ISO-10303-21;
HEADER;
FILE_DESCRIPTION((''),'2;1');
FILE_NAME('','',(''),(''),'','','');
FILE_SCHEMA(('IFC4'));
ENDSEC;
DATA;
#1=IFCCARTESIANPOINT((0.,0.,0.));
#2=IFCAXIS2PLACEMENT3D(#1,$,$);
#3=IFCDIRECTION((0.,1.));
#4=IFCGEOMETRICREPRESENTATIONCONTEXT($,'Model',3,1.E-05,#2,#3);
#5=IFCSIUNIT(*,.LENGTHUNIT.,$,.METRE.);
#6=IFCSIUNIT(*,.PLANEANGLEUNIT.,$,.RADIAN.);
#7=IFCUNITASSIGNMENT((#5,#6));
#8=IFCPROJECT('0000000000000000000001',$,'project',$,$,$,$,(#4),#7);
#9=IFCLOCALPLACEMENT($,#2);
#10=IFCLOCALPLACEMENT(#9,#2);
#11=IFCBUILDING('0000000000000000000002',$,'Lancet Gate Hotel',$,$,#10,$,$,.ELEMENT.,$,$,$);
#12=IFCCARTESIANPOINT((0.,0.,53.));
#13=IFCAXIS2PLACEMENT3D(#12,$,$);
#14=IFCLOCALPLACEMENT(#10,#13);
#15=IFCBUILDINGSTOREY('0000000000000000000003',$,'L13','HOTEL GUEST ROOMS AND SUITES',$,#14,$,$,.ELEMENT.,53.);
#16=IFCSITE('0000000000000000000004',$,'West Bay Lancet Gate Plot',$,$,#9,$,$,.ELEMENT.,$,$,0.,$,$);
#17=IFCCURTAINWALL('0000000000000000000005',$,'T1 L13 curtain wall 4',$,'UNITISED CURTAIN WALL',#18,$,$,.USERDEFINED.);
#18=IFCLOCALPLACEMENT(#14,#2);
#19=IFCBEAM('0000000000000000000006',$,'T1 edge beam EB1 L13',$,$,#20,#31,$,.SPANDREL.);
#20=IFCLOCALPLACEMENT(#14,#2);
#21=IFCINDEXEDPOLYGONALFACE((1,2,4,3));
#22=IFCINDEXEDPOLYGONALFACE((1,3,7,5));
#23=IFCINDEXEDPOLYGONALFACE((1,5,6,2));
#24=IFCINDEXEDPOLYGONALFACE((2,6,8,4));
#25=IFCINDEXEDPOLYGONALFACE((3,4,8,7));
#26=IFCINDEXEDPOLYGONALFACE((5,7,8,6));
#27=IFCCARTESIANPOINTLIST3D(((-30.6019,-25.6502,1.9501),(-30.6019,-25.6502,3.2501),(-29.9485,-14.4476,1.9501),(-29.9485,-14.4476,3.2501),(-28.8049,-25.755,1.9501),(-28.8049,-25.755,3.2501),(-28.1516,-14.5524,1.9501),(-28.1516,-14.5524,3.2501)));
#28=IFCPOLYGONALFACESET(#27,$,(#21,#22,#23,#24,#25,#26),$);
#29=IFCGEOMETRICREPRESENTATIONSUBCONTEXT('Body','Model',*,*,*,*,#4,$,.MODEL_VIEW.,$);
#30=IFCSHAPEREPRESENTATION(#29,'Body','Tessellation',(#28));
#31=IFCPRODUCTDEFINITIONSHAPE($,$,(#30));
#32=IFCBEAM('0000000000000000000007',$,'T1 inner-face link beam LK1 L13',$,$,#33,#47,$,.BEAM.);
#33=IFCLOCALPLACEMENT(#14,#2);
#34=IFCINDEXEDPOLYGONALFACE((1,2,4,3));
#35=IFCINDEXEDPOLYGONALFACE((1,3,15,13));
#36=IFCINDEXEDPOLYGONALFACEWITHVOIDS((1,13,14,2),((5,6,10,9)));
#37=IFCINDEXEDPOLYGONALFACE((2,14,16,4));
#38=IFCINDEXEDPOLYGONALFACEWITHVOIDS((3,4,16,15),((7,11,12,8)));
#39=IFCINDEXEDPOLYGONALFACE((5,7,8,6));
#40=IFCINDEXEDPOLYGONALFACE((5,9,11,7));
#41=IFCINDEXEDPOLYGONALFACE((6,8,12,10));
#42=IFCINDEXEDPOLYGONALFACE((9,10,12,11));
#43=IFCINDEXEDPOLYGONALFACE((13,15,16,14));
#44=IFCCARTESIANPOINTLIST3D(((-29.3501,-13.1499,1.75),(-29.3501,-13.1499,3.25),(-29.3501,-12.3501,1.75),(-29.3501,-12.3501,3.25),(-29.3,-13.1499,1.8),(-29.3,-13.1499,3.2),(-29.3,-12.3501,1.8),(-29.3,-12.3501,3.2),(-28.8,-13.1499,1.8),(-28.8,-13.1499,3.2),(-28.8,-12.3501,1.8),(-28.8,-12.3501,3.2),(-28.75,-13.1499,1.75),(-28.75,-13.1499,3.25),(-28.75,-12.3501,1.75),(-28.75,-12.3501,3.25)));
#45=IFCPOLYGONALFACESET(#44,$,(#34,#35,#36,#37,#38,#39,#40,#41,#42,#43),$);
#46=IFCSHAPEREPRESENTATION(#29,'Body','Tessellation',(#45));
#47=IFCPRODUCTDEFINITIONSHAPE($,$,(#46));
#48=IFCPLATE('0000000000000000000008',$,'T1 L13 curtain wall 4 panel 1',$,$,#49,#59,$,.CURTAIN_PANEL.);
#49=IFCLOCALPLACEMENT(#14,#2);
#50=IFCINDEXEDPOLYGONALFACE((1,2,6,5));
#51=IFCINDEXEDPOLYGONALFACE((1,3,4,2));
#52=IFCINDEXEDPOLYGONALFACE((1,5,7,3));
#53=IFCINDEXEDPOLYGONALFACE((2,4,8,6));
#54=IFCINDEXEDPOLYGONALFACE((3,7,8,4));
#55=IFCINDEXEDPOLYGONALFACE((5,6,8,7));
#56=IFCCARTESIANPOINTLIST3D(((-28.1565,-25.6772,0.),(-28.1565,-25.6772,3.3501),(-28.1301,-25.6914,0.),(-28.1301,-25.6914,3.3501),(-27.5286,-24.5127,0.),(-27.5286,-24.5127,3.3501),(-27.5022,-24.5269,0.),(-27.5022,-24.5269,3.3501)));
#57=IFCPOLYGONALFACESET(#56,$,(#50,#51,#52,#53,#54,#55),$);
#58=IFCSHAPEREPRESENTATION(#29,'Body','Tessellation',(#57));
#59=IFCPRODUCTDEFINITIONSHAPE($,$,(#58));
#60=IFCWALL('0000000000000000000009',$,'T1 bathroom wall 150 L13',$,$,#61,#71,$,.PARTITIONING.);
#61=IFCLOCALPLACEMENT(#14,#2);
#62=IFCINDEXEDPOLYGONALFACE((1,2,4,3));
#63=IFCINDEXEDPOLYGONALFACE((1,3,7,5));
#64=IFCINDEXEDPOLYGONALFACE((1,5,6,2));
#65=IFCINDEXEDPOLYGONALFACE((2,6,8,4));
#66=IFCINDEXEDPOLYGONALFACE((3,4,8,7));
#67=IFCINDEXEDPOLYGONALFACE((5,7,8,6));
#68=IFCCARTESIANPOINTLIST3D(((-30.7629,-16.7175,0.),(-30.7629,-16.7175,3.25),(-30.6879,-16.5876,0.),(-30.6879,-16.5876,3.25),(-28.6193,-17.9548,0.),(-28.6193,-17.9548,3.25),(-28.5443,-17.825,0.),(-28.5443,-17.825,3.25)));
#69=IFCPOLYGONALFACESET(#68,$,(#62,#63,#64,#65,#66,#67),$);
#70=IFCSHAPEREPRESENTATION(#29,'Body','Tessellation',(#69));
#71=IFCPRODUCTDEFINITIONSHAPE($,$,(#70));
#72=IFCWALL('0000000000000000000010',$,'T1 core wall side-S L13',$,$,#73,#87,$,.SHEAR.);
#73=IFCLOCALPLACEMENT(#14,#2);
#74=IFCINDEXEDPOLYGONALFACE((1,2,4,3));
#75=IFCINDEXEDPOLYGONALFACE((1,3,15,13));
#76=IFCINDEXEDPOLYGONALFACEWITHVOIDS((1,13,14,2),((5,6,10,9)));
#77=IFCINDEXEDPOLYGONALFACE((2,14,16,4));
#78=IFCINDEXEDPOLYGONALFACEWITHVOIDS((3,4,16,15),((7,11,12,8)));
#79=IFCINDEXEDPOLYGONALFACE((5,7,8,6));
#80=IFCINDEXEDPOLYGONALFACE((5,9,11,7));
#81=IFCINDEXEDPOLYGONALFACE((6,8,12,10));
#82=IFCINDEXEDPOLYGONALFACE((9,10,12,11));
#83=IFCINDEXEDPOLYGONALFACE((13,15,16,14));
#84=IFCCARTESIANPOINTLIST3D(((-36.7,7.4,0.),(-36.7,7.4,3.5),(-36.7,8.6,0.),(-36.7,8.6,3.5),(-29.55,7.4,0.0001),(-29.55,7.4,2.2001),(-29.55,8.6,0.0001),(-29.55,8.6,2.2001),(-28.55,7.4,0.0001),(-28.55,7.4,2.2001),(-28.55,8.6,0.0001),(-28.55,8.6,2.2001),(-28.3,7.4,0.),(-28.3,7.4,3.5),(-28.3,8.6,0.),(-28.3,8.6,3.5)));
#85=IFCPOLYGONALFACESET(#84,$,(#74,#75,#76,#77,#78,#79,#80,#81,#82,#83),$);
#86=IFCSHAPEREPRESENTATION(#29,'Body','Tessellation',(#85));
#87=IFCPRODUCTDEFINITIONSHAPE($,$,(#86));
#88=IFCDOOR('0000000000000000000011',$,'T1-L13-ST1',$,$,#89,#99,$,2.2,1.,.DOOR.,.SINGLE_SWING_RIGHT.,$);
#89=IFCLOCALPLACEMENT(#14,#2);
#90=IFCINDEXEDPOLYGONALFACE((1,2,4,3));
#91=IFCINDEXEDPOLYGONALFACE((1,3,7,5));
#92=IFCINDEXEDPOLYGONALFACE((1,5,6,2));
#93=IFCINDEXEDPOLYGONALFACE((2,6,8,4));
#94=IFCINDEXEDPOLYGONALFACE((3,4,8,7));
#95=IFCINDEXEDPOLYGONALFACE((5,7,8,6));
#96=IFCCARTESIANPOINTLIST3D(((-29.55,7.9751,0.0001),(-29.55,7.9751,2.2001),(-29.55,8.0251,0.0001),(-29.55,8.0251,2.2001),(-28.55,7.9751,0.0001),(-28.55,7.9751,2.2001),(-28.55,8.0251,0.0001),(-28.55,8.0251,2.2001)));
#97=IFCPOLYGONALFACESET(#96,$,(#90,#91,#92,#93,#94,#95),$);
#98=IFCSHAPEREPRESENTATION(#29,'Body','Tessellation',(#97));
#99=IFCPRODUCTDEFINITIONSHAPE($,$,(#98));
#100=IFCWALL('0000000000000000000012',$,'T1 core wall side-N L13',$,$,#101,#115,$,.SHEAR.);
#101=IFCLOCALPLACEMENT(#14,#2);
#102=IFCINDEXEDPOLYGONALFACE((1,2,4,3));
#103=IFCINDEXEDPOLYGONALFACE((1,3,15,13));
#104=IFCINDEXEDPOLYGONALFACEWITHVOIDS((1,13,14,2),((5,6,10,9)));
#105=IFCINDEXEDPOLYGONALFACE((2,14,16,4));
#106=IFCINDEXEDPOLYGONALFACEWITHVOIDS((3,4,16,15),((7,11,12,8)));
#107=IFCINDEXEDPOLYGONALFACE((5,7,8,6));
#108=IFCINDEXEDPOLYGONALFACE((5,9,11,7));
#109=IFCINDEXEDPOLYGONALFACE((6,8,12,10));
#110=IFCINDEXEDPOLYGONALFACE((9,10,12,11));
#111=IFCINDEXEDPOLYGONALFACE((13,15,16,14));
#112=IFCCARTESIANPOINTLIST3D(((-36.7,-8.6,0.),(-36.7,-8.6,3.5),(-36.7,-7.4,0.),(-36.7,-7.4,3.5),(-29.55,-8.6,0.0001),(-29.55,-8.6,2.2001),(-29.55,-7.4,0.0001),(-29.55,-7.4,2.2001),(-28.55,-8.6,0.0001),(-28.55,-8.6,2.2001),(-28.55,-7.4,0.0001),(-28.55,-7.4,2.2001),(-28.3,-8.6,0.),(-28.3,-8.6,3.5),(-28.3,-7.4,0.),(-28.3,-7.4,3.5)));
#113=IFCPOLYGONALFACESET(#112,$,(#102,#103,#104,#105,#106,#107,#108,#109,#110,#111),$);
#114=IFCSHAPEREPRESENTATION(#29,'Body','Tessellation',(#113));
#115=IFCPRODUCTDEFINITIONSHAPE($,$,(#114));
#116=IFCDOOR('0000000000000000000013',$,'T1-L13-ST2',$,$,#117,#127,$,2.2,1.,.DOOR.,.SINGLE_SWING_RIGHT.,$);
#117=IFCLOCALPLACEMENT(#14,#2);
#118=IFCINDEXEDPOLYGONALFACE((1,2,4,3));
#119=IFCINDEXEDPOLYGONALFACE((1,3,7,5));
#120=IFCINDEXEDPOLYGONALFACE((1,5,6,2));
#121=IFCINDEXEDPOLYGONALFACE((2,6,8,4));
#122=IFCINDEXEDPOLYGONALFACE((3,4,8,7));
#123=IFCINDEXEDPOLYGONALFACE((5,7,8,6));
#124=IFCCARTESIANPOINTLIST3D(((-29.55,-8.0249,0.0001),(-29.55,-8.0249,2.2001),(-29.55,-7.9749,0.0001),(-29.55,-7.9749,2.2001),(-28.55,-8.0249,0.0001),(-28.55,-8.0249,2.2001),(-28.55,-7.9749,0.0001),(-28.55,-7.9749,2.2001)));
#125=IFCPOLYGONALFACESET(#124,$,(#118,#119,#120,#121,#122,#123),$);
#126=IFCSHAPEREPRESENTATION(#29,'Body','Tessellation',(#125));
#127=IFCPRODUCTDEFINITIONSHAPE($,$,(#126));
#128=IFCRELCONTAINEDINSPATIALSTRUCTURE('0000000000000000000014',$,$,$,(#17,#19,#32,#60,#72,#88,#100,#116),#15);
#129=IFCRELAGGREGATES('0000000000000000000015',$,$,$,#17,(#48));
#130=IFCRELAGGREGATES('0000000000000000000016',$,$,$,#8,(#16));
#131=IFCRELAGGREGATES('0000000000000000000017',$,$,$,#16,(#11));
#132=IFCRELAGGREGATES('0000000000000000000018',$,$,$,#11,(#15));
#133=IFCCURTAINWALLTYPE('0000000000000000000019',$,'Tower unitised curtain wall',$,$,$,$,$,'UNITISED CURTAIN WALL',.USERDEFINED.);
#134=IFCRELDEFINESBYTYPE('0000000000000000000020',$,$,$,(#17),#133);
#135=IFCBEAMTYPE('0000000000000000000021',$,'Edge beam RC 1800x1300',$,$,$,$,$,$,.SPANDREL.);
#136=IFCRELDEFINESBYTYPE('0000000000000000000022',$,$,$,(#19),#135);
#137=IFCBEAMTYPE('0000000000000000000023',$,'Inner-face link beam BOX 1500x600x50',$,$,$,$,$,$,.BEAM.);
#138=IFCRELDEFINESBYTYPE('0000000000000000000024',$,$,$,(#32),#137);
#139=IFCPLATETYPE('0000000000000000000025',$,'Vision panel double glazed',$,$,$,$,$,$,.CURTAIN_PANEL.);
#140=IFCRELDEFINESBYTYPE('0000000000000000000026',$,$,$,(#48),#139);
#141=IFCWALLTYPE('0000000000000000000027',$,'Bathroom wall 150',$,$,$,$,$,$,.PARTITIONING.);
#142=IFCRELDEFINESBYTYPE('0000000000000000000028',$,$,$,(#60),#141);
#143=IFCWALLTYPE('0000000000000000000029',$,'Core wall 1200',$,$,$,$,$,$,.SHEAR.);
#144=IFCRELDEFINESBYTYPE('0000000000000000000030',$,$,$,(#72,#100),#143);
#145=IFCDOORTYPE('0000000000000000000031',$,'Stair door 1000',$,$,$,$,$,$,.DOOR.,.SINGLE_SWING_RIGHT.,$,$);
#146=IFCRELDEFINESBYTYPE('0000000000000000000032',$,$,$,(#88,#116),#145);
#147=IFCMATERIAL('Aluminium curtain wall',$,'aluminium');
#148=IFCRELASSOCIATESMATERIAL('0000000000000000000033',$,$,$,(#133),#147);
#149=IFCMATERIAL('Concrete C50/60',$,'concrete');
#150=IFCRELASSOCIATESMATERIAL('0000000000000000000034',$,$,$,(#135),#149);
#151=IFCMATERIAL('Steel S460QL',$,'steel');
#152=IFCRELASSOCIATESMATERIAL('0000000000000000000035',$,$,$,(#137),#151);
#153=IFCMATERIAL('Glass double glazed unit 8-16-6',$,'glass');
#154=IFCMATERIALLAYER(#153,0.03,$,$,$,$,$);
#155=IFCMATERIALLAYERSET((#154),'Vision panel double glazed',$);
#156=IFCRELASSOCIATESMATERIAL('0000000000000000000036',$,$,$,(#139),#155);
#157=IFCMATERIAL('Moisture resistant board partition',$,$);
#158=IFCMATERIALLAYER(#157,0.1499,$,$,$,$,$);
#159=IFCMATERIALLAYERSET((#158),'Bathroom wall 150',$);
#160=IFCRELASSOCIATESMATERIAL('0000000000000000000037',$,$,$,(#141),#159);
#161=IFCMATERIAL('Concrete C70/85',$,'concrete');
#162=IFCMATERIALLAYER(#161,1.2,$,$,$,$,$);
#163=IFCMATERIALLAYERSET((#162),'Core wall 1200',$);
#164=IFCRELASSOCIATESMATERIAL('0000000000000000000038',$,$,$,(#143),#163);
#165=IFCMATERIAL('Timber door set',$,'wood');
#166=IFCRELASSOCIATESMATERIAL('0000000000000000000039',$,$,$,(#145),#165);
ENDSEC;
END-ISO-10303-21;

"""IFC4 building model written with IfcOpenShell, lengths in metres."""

from ifc_helpers import new_model, si_unit, direction, frame, frame_2d, origin, origin_2d, place, context, subcontext, project, spatial, rectangle, hollow_rectangle, extrude, material, layer, layer_set, material_profile, profile_set, type_object, element, fill, aggregate, save


model = new_model("IFC4")

# Units and contexts
model_context = context("Model", 3, precision=1e-05, world=origin(), true_north=direction((0.0, 1.0)))
body_context = subcontext(model_context, "Body", "Model", "MODEL_VIEW")
ifc_project = project(units=[si_unit("LENGTHUNIT", "METRE"), si_unit("PLANEANGLEUNIT", "RADIAN")], contexts=[model_context])

# Site, building, storey
site_placement = place(None, origin())
site = spatial("IfcSite", under=ifc_project, at=site_placement, Name="West Bay Lancet Gate Plot", CompositionType="ELEMENT", RefElevation=0.0)
building_placement = place(site_placement, origin())
building = spatial("IfcBuilding", under=site, at=building_placement, Name="Lancet Gate Hotel", CompositionType="ELEMENT")
storey_placement = place(building_placement, frame((0.0, 0.0, 53.0)))
storey = spatial("IfcBuildingStorey", under=building, at=storey_placement, Name="L13", Description="HOTEL GUEST ROOMS AND SUITES", CompositionType="ELEMENT", Elevation=53.0)

# Curtain wall
ifc_material_1 = material(Name="Aluminium curtain wall", Category="aluminium")
curtain_wall_type = type_object("IfcCurtainWallType", Name="Tower unitised curtain wall", ElementType="UNITISED CURTAIN WALL", PredefinedType="USERDEFINED", material=ifc_material_1)
curtain_wall_1_placement = place(storey_placement, origin())
curtain_wall_1 = element("IfcCurtainWall", 1, at=curtain_wall_1_placement, inside=storey, type_object=curtain_wall_type, Name="T1 L13 curtain wall 4", ObjectType="UNITISED CURTAIN WALL", PredefinedType="USERDEFINED")

# Beams
ifc_material_2 = material(Name="Concrete C50/60", Category="concrete")
ifc_material_profile_1 = material_profile(ifc_material_2, rectangle(XDim=1.8, YDim=1.3, at=origin_2d()), Name="RC 1800x1300")
ifc_profile_set_1 = profile_set([ifc_material_profile_1], Name="Concrete C50/60")
beam_type_1 = type_object("IfcBeamType", Name="Edge beam RC 1800x1300", PredefinedType="SPANDREL", material=ifc_profile_set_1)
beam_1_placement = place(storey_placement, frame((-29.05, -14.5, 2.6001), z_axis=(-0.05822, -0.998304, 0.0), x_axis=(0.998304, -0.05822, 0.0)))
element("IfcBeam", 2, at=beam_1_placement, inside=storey, type_object=beam_type_1, Name="T1 edge beam EB1 L13", PredefinedType="SPANDREL", context=body_context, shape_type="SweptSolid", body=[
    extrude(rectangle(XDim=1.8, YDim=1.3, at=origin_2d()), origin(), (0.0, 0.0, 1.0), 11.2217),
])
ifc_material_3 = material(Name="Steel S460QL", Category="steel")
ifc_material_profile_2 = material_profile(ifc_material_3, hollow_rectangle(XDim=0.6001, YDim=1.5, WallThickness=0.05, at=origin_2d()), Name="BOX 1500x600x50")
ifc_profile_set_2 = profile_set([ifc_material_profile_2], Name="Steel S460QL")
beam_type_2 = type_object("IfcBeamType", Name="Inner-face link beam BOX 1500x600x50", PredefinedType="BEAM", material=ifc_profile_set_2)
beam_2_placement = place(storey_placement, frame((-29.05, -12.3501, 2.5), z_axis=(0.0, -1.0, 0.0), x_axis=(1.0, 0.0, 0.0)))
element("IfcBeam", 3, at=beam_2_placement, inside=storey, type_object=beam_type_2, Name="T1 inner-face link beam LK1 L13", PredefinedType="BEAM", context=body_context, shape_type="SweptSolid", body=[
    extrude(hollow_rectangle(XDim=0.6001, YDim=1.5, WallThickness=0.05, at=origin_2d()), origin(), (0.0, 0.0, 1.0), 0.7998),
])

# Plate
ifc_material_4 = material(Name="Glass double glazed unit 8-16-6", Category="glass")
ifc_layer_1 = layer(ifc_material_4, 0.03)
ifc_layer_set_1 = layer_set([ifc_layer_1], Name="Vision panel double glazed")
plate_type = type_object("IfcPlateType", Name="Vision panel double glazed", PredefinedType="CURTAIN_PANEL", material=ifc_layer_set_1)
plate_placement = place(storey_placement, frame((-27.8293, -25.1021, 0.0), z_axis=(0.0, 0.0, 1.0), x_axis=(0.474631, 0.880185, 0.0)))
plate = element("IfcPlate", 4, at=plate_placement, type_object=plate_type, Name="T1 L13 curtain wall 4 panel 1", PredefinedType="CURTAIN_PANEL", context=body_context, shape_type="SweptSolid", body=[
    extrude(rectangle(XDim=1.323, YDim=0.03, at=origin_2d()), origin(), (0.0, 0.0, 1.0), 3.3501),
])
aggregate(curtain_wall_1, [plate])

# Wall
ifc_material_5 = material(Name="Moisture resistant board partition")
ifc_layer_2 = layer(ifc_material_5, 0.1499)
ifc_layer_set_2 = layer_set([ifc_layer_2], Name="Bathroom wall 150")
wall_type_1 = type_object("IfcWallType", Name="Bathroom wall 150", PredefinedType="PARTITIONING", material=ifc_layer_set_2)
wall_1_placement = place(storey_placement, frame((-28.5818, -17.8899, 0.0), z_axis=(0.0, 0.0, 1.0), x_axis=(-0.866074, 0.499916, 0.0)))
element("IfcWall", 5, at=wall_1_placement, inside=storey, type_object=wall_type_1, Name="T1 bathroom wall 150 L13", PredefinedType="PARTITIONING", context=body_context, shape_type="SweptSolid", body=[
    extrude(rectangle(XDim=2.4751, YDim=0.1499, at=frame_2d((1.2375, 0.0))), origin(), (0.0, 0.0, 1.0), 3.25),
])

# Walls, openings, doors
ifc_material_6 = material(Name="Concrete C70/85", Category="concrete")
ifc_layer_3 = layer(ifc_material_6, 1.2)
ifc_layer_set_3 = layer_set([ifc_layer_3], Name="Core wall 1200")
wall_type_2 = type_object("IfcWallType", Name="Core wall 1200", PredefinedType="SHEAR", material=ifc_layer_set_3)
wall_2_placement = place(storey_placement, frame((-28.3, 8.0, 0.0), z_axis=(0.0, 0.0, 1.0), x_axis=(-1.0, 0.0, 0.0)))
wall_2 = element("IfcWall", 6, at=wall_2_placement, inside=storey, type_object=wall_type_2, Name="T1 core wall side-S L13", PredefinedType="SHEAR", context=body_context, shape_type="SweptSolid", body=[
    extrude(rectangle(XDim=8.3999, YDim=1.2, at=frame_2d((4.2, 0.0))), origin(), (0.0, 0.0, 1.0), 3.5),
])
opening_1_placement = place(wall_2_placement, frame((0.25, 0.0, 0.0)))
opening_1 = element("IfcOpeningElement", 7, at=opening_1_placement, cuts=wall_2, PredefinedType="OPENING", context=body_context, shape_type="SweptSolid", body=[
    extrude(rectangle(XDim=1.0, YDim=2.2, at=frame_2d((0.5, 1.1001))), frame((0.0, 0.6099, 0.0), z_axis=(0.0, -1.0, 0.0), x_axis=(1.0, 0.0, 0.0)), (0.0, 0.0, 1.0), 1.22),
])
ifc_material_7 = material(Name="Timber door set", Category="wood")
door_type_1 = type_object("IfcDoorType", Name="Stair door 1000", OperationType="SINGLE_SWING_RIGHT", PredefinedType="DOOR", material=ifc_material_7)
door_1_placement = place(opening_1_placement, origin())
door_1 = element("IfcDoor", 8, at=door_1_placement, inside=storey, type_object=door_type_1, Name="T1-L13-ST1", OperationType="SINGLE_SWING_RIGHT", OverallHeight=2.2, OverallWidth=1.0, PredefinedType="DOOR", context=body_context, shape_type="SweptSolid", body=[
    extrude(rectangle(XDim=1.0, YDim=2.2, at=frame_2d((0.5, 1.1001))), frame((0.0, 0.0249, 0.0), z_axis=(0.0, -1.0, 0.0), x_axis=(1.0, 0.0, 0.0)), (0.0, 0.0, 1.0), 0.05),
])
fill(opening_1, door_1)
wall_3_placement = place(storey_placement, frame((-28.3, -8.0, 0.0), z_axis=(0.0, 0.0, 1.0), x_axis=(-1.0, 0.0, 0.0)))
wall_3 = element("IfcWall", 9, at=wall_3_placement, inside=storey, type_object=wall_type_2, Name="T1 core wall side-N L13", PredefinedType="SHEAR", context=body_context, shape_type="SweptSolid", body=[
    extrude(rectangle(XDim=8.3999, YDim=1.2, at=frame_2d((4.2, 0.0))), origin(), (0.0, 0.0, 1.0), 3.5),
])
opening_2_placement = place(wall_3_placement, frame((0.25, 0.0, 0.0)))
opening_2 = element("IfcOpeningElement", 10, at=opening_2_placement, cuts=wall_3, PredefinedType="OPENING", context=body_context, shape_type="SweptSolid", body=[
    extrude(rectangle(XDim=1.0, YDim=2.2, at=frame_2d((0.5, 1.1001))), frame((0.0, 0.6099, 0.0), z_axis=(0.0, -1.0, 0.0), x_axis=(1.0, 0.0, 0.0)), (0.0, 0.0, 1.0), 1.22),
])
door_2_placement = place(opening_2_placement, origin())
door_2 = element("IfcDoor", 11, at=door_2_placement, inside=storey, type_object=door_type_1, Name="T1-L13-ST2", OperationType="SINGLE_SWING_RIGHT", OverallHeight=2.2, OverallWidth=1.0, PredefinedType="DOOR", context=body_context, shape_type="SweptSolid", body=[
    extrude(rectangle(XDim=1.0, YDim=2.2, at=frame_2d((0.5, 1.1001))), frame((0.0, 0.0249, 0.0), z_axis=(0.0, -1.0, 0.0), x_axis=(1.0, 0.0, 0.0)), (0.0, 0.0, 1.0), 0.05),
])
fill(opening_2, door_2)

save(model, "model.ifc")
